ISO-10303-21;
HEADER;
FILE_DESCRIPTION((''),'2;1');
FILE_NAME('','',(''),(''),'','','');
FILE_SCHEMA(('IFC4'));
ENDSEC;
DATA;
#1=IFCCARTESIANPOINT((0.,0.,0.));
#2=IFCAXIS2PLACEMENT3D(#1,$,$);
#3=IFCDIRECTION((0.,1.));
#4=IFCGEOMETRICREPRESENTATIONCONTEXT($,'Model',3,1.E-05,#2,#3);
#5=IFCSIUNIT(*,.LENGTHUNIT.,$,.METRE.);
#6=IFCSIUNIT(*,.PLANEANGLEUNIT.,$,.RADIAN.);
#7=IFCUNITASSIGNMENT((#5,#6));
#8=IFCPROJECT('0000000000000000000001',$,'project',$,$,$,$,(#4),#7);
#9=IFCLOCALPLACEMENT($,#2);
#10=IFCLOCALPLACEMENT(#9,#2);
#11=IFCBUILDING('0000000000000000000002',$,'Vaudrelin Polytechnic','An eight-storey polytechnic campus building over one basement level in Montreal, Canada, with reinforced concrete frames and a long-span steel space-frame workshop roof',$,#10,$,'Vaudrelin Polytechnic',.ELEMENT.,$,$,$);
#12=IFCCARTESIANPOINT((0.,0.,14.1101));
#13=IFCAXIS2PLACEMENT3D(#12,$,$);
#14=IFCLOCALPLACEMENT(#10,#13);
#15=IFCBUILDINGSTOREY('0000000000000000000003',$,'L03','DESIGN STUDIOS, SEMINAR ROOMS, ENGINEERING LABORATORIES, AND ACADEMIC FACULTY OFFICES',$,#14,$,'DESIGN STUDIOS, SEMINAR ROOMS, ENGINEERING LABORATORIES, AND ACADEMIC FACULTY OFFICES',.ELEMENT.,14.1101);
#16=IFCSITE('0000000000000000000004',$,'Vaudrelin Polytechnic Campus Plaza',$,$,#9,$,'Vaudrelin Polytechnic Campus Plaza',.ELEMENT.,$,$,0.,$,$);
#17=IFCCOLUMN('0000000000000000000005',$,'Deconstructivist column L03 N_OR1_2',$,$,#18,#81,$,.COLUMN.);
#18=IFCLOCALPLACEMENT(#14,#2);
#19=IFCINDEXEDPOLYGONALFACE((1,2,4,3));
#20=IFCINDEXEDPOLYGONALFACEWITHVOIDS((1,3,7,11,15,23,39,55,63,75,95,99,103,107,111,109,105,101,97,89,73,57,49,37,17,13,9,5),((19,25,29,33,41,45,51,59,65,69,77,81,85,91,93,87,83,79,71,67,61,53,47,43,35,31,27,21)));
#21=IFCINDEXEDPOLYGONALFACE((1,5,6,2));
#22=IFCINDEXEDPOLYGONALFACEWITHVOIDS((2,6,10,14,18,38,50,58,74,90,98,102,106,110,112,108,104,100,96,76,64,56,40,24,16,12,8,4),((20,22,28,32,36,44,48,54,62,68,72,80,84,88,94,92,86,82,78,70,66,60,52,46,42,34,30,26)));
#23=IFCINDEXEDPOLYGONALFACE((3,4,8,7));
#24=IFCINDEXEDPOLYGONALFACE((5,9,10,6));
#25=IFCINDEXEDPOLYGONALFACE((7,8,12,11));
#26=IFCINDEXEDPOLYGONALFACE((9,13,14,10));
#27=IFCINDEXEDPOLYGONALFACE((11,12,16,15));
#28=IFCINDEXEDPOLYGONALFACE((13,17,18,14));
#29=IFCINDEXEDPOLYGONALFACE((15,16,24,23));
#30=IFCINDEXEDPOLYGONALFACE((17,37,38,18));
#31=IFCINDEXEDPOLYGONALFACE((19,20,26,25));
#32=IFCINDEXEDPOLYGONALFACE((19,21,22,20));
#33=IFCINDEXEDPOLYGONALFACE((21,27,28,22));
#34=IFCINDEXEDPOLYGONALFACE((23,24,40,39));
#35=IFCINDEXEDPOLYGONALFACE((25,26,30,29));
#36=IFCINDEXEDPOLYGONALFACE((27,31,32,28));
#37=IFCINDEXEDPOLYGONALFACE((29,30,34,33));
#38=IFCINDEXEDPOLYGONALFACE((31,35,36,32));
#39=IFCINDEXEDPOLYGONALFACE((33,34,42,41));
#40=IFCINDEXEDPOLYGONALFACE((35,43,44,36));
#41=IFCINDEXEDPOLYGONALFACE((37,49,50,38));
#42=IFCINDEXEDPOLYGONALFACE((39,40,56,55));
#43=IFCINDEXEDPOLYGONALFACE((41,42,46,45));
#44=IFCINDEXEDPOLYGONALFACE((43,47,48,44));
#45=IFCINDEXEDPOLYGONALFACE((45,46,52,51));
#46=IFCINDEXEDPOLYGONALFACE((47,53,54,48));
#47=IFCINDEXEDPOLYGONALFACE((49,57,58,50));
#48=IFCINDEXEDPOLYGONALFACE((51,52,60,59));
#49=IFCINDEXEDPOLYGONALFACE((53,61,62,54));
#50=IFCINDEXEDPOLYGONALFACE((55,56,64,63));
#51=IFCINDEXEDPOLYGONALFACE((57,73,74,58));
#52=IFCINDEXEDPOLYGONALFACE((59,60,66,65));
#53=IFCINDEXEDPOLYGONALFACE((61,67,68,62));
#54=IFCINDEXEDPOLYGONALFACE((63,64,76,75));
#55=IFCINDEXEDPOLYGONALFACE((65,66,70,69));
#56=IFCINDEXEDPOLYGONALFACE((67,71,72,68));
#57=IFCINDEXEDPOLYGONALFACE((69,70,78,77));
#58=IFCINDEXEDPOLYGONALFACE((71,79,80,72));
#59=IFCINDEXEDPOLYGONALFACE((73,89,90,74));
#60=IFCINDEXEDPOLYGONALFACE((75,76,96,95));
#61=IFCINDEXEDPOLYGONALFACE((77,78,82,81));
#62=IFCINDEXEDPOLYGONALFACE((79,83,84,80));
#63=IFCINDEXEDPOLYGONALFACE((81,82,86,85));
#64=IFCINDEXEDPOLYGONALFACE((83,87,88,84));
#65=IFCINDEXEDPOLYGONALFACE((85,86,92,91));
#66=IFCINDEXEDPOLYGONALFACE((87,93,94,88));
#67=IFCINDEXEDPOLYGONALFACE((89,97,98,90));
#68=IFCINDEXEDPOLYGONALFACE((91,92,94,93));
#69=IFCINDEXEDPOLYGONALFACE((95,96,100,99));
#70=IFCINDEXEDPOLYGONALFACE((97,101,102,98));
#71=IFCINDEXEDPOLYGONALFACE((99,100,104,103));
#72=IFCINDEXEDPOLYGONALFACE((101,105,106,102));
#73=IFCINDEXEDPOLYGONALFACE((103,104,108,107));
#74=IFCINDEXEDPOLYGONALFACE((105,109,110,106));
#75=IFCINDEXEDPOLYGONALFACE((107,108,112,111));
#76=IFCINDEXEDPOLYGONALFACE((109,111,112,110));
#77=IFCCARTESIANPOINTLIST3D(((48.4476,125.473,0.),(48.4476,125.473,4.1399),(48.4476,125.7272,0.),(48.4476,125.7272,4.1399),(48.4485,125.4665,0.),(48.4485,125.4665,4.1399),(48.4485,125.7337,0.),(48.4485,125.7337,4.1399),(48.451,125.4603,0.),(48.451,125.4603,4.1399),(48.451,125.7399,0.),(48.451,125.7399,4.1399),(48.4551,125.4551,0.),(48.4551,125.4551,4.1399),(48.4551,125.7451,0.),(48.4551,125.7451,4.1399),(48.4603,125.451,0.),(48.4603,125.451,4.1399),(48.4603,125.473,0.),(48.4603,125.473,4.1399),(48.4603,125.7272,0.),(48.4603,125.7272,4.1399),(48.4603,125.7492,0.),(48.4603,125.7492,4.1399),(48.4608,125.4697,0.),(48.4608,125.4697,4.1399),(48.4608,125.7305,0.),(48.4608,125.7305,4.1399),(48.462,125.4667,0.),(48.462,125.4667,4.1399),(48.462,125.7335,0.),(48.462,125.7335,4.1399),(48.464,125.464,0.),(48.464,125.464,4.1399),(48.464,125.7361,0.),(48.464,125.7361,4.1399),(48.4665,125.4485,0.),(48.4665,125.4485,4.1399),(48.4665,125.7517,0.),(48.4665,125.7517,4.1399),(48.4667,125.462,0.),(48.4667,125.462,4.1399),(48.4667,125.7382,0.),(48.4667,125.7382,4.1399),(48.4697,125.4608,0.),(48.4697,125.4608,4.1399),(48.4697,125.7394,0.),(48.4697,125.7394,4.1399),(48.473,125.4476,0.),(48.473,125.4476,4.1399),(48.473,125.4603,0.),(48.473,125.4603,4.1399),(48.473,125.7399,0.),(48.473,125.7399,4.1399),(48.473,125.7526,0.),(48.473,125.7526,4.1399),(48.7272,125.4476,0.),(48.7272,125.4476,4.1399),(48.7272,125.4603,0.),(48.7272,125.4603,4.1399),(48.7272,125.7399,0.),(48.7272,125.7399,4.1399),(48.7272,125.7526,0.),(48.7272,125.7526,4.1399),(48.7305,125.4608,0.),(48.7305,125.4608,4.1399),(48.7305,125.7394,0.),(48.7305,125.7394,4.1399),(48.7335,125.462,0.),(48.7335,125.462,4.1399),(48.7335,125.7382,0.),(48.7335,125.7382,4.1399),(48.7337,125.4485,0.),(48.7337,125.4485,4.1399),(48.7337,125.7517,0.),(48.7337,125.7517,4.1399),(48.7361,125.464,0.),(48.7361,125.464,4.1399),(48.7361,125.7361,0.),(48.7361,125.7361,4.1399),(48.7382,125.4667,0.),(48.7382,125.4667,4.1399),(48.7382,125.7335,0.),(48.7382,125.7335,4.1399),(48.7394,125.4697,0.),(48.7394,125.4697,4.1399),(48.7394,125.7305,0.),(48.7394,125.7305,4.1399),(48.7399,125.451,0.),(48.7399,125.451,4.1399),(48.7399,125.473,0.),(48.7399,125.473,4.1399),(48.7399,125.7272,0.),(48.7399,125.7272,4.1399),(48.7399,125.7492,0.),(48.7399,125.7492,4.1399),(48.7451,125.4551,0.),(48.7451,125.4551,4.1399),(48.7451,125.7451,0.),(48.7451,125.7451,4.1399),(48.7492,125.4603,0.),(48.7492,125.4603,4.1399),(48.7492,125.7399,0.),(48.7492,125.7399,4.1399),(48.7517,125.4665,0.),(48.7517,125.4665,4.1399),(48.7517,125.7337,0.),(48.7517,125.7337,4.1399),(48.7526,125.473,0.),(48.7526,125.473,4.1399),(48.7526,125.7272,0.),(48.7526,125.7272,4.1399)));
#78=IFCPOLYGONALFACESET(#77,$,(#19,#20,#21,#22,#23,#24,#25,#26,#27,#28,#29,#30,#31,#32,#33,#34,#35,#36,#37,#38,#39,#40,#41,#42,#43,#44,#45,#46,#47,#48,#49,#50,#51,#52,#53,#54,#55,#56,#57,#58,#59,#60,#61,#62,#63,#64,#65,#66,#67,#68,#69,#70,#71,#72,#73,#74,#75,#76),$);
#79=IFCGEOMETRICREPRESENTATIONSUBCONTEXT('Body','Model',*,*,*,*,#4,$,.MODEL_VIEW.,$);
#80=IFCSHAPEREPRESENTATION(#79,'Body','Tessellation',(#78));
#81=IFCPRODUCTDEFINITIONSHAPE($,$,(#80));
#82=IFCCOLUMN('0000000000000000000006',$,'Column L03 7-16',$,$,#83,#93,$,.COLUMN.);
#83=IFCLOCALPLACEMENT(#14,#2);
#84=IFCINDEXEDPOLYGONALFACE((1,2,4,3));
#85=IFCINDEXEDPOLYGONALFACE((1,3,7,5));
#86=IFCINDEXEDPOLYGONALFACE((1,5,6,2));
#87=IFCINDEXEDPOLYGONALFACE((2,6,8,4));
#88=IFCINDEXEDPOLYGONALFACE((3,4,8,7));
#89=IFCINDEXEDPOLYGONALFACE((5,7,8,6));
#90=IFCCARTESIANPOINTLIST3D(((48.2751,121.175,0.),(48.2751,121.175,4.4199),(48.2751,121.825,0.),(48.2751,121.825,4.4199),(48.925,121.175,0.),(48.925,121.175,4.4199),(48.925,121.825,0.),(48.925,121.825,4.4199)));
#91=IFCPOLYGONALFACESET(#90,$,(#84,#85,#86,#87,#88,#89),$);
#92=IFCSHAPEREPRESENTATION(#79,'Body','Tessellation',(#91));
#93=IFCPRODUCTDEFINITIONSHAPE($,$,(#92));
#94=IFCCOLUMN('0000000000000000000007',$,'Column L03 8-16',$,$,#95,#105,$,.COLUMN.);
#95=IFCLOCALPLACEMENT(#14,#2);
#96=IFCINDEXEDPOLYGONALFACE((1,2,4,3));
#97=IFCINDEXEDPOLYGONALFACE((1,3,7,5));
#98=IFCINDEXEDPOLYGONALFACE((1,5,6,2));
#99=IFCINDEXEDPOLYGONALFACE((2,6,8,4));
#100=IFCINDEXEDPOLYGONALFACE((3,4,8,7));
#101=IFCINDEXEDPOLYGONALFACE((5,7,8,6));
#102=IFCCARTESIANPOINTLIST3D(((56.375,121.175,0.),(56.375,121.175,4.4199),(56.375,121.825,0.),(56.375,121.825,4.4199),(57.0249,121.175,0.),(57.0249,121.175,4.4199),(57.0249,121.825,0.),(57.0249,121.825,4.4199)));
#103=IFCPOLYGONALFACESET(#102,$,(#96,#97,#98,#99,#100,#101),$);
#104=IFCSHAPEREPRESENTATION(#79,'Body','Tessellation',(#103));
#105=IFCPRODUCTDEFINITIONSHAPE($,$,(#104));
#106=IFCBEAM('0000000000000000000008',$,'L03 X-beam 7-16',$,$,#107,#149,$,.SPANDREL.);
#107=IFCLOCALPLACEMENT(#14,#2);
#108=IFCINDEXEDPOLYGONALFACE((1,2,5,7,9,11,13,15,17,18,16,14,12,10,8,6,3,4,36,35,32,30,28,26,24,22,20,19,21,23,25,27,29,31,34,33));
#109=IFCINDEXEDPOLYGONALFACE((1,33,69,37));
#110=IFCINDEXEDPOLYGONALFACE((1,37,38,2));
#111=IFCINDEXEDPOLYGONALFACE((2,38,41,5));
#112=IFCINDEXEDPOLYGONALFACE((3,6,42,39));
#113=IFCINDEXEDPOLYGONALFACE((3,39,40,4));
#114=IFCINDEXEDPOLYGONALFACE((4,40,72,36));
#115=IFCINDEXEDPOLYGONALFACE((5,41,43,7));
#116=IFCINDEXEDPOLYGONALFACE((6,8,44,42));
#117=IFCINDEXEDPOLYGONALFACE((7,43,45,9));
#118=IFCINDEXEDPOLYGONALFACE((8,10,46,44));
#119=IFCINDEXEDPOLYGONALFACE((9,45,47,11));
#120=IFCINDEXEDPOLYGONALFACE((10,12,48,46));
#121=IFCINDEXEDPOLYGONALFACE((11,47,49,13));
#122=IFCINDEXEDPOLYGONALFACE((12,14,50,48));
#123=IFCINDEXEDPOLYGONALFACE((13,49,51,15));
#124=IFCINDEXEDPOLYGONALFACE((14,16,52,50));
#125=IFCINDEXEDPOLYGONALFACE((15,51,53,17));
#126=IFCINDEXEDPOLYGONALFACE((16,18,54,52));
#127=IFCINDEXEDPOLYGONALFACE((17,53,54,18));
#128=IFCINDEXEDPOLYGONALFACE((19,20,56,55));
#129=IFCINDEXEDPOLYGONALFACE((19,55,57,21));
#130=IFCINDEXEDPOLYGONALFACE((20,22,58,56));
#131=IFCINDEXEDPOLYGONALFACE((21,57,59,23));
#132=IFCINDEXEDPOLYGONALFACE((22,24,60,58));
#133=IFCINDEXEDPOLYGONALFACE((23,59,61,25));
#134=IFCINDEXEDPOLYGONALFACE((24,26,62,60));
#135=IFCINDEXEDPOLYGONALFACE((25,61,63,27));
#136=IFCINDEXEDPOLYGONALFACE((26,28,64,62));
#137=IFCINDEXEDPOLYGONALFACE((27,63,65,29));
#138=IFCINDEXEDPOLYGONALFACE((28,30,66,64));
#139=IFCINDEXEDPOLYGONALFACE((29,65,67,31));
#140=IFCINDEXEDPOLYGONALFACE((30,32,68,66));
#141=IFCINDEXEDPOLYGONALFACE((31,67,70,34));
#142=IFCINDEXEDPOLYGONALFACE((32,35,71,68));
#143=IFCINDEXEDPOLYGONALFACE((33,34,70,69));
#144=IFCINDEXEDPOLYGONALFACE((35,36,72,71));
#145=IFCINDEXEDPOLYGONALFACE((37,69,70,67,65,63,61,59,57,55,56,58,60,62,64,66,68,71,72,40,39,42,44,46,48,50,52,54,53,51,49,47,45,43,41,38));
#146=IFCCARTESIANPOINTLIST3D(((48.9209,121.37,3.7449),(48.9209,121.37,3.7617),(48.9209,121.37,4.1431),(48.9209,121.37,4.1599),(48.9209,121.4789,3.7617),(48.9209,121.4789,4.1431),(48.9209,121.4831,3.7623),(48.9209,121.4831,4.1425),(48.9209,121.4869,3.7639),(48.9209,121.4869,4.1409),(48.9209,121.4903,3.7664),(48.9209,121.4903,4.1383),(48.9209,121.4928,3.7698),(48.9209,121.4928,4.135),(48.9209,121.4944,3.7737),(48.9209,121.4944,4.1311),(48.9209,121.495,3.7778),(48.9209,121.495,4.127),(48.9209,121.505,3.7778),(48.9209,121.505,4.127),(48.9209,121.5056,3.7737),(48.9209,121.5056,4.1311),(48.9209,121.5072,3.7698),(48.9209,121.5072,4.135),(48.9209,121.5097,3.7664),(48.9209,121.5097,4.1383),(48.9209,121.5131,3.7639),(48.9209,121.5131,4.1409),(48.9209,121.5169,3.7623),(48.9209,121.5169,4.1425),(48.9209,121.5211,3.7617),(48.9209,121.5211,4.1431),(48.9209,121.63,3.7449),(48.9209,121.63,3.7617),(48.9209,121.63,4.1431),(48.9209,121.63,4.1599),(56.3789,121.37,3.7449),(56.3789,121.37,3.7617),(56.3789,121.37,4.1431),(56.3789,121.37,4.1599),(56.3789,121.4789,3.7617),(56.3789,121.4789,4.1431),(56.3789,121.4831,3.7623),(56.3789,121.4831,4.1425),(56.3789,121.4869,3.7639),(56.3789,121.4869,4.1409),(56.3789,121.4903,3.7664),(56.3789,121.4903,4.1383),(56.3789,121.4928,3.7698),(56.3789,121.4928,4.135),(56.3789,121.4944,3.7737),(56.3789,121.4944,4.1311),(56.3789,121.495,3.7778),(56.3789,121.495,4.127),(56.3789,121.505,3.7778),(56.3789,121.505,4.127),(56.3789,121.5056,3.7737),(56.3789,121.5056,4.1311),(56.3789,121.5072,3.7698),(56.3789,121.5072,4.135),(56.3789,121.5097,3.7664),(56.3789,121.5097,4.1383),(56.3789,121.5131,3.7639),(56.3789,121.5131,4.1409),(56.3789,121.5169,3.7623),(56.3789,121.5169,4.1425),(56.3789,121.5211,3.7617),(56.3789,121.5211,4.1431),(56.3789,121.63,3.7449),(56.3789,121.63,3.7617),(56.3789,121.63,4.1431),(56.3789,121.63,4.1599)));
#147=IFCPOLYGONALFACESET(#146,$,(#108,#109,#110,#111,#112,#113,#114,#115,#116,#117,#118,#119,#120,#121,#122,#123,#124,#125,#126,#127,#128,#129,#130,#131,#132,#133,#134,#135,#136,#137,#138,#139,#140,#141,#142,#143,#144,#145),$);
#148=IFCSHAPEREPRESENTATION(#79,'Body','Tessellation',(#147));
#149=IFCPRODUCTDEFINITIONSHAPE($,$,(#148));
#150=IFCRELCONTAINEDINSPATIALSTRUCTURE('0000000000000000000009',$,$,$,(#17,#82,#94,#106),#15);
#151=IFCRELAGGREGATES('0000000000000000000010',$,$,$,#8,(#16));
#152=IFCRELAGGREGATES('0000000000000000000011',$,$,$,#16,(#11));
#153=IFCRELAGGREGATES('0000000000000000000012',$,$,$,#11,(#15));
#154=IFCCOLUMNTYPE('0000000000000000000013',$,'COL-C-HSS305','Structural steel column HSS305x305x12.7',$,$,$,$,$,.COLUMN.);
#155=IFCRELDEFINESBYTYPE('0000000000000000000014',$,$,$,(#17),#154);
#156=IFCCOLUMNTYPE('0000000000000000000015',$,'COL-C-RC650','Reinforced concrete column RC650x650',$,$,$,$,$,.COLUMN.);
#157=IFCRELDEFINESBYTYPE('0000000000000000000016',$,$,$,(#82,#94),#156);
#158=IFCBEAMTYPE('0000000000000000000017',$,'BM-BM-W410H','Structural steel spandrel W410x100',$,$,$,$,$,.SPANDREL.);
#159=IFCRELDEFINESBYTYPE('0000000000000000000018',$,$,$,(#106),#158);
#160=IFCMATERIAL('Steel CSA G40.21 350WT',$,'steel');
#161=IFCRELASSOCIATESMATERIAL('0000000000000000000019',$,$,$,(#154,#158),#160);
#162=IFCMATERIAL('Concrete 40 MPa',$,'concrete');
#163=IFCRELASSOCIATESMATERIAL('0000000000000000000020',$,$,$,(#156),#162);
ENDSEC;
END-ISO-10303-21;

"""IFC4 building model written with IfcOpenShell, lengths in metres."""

from ifc_helpers import new_model, si_unit, direction, frame, origin, origin_2d, place, context, subcontext, project, spatial, rectangle, hollow_rectangle, i_section, extrude, material, material_profile, profile_set, type_object, element, save


model = new_model("IFC4")

# Units and contexts
model_context = context("Model", 3, precision=1e-05, world=origin(), true_north=direction((0.0, 1.0)))
body_context = subcontext(model_context, "Body", "Model", "MODEL_VIEW")
ifc_project = project(units=[si_unit("LENGTHUNIT", "METRE"), si_unit("PLANEANGLEUNIT", "RADIAN")], contexts=[model_context])

# Site, building, storey
site_placement = place(None, origin())
site = spatial("IfcSite", under=ifc_project, at=site_placement, Name="Vaudrelin Polytechnic Campus Plaza", LongName="Vaudrelin Polytechnic Campus Plaza", CompositionType="ELEMENT", RefElevation=0.0)
building_placement = place(site_placement, origin())
building = spatial("IfcBuilding", under=site, at=building_placement, Name="Vaudrelin Polytechnic", Description="An eight-storey polytechnic campus building over one basement level in Montreal, Canada, with reinforced concrete frames and a long-span steel space-frame workshop roof", LongName="Vaudrelin Polytechnic", CompositionType="ELEMENT")
storey_placement = place(building_placement, frame((0.0, 0.0, 14.1101)))
storey = spatial("IfcBuildingStorey", under=building, at=storey_placement, Name="L03", Description="DESIGN STUDIOS, SEMINAR ROOMS, ENGINEERING LABORATORIES, AND ACADEMIC FACULTY OFFICES", LongName="DESIGN STUDIOS, SEMINAR ROOMS, ENGINEERING LABORATORIES, AND ACADEMIC FACULTY OFFICES", CompositionType="ELEMENT", Elevation=14.1101)

# Columns
ifc_material_1 = material(Name="Steel CSA G40.21 350WT", Category="steel")
ifc_material_profile_1 = material_profile(ifc_material_1, hollow_rectangle(XDim=0.3049, YDim=0.3049, WallThickness=0.0127, InnerFilletRadius=0.0127, OuterFilletRadius=0.0254, at=origin_2d()), Name="HSS305x305x12.7")
ifc_profile_set_1 = profile_set([ifc_material_profile_1], Name="Steel CSA G40.21 350WT")
column_type_1 = type_object("IfcColumnType", Name="COL-C-HSS305", Description="Structural steel column HSS305x305x12.7", PredefinedType="COLUMN", material=ifc_profile_set_1)
column_placement = place(storey_placement, frame((48.6001, 125.6001, 0.0), z_axis=(0.0, 0.0, 1.0), x_axis=(1.0, 0.0, 0.0)))
element("IfcColumn", 1, at=column_placement, inside=storey, type_object=column_type_1, Name="Deconstructivist column L03 N_OR1_2", PredefinedType="COLUMN", context=body_context, shape_type="SweptSolid", body=[
    extrude(hollow_rectangle(XDim=0.3049, YDim=0.3049, WallThickness=0.0127, InnerFilletRadius=0.0127, OuterFilletRadius=0.0254, at=origin_2d()), origin(), (0.0, 0.0, 1.0), 4.1399),
])
ifc_material_2 = material(Name="Concrete 40 MPa", Category="concrete")
ifc_material_profile_2 = material_profile(ifc_material_2, rectangle(XDim=0.6499, YDim=0.6499, at=origin_2d()), Name="RC650x650")
ifc_profile_set_2 = profile_set([ifc_material_profile_2], Name="Concrete 40 MPa")
column_type_2 = type_object("IfcColumnType", Name="COL-C-RC650", Description="Reinforced concrete column RC650x650", PredefinedType="COLUMN", material=ifc_profile_set_2)
for number, where, z_axis, x_axis, name in (
    (2, (48.6001, 121.5, 0.0), (0.0, 0.0, 1.0), (1.0, 0.0, 0.0), "Column L03 7-16"),
    (3, (56.7, 121.5, 0.0), (0.0, 0.0, 1.0), (1.0, 0.0, 0.0), "Column L03 8-16"),
):
    element("IfcColumn", number, at=place(storey_placement, frame(where, z_axis=z_axis, x_axis=x_axis)), inside=storey, type_object=column_type_2, Name=name, PredefinedType="COLUMN", context=body_context, shape_type="SweptSolid", body=[
        extrude(rectangle(XDim=0.6499, YDim=0.6499, at=origin_2d()), origin(), (0.0, 0.0, 1.0), 4.4199),
    ])

# Beam
ifc_material_profile_3 = material_profile(ifc_material_1, i_section(OverallWidth=0.26, OverallDepth=0.415, WebThickness=0.01, FlangeThickness=0.0168, FilletRadius=0.0161, at=origin_2d()), Name="W410x100")
ifc_profile_set_3 = profile_set([ifc_material_profile_3], Name="Steel CSA G40.21 350WT")
beam_type_1 = type_object("IfcBeamType", Name="BM-BM-W410H", Description="Structural steel spandrel W410x100", PredefinedType="SPANDREL", material=ifc_profile_set_3)
beam_1_placement = place(storey_placement, frame((48.9209, 121.5, 3.9524), z_axis=(1.0, 0.0, 0.0), x_axis=(0.0, 1.0, 0.0)))
element("IfcBeam", 4, at=beam_1_placement, inside=storey, type_object=beam_type_1, Name="L03 X-beam 7-16", PredefinedType="SPANDREL", context=body_context, shape_type="SweptSolid", body=[
    extrude(i_section(OverallWidth=0.26, OverallDepth=0.415, WebThickness=0.01, FlangeThickness=0.0168, FilletRadius=0.0161, at=origin_2d()), origin(), (0.0, 0.0, 1.0), 7.458),
])

save(model, "model.ifc")
